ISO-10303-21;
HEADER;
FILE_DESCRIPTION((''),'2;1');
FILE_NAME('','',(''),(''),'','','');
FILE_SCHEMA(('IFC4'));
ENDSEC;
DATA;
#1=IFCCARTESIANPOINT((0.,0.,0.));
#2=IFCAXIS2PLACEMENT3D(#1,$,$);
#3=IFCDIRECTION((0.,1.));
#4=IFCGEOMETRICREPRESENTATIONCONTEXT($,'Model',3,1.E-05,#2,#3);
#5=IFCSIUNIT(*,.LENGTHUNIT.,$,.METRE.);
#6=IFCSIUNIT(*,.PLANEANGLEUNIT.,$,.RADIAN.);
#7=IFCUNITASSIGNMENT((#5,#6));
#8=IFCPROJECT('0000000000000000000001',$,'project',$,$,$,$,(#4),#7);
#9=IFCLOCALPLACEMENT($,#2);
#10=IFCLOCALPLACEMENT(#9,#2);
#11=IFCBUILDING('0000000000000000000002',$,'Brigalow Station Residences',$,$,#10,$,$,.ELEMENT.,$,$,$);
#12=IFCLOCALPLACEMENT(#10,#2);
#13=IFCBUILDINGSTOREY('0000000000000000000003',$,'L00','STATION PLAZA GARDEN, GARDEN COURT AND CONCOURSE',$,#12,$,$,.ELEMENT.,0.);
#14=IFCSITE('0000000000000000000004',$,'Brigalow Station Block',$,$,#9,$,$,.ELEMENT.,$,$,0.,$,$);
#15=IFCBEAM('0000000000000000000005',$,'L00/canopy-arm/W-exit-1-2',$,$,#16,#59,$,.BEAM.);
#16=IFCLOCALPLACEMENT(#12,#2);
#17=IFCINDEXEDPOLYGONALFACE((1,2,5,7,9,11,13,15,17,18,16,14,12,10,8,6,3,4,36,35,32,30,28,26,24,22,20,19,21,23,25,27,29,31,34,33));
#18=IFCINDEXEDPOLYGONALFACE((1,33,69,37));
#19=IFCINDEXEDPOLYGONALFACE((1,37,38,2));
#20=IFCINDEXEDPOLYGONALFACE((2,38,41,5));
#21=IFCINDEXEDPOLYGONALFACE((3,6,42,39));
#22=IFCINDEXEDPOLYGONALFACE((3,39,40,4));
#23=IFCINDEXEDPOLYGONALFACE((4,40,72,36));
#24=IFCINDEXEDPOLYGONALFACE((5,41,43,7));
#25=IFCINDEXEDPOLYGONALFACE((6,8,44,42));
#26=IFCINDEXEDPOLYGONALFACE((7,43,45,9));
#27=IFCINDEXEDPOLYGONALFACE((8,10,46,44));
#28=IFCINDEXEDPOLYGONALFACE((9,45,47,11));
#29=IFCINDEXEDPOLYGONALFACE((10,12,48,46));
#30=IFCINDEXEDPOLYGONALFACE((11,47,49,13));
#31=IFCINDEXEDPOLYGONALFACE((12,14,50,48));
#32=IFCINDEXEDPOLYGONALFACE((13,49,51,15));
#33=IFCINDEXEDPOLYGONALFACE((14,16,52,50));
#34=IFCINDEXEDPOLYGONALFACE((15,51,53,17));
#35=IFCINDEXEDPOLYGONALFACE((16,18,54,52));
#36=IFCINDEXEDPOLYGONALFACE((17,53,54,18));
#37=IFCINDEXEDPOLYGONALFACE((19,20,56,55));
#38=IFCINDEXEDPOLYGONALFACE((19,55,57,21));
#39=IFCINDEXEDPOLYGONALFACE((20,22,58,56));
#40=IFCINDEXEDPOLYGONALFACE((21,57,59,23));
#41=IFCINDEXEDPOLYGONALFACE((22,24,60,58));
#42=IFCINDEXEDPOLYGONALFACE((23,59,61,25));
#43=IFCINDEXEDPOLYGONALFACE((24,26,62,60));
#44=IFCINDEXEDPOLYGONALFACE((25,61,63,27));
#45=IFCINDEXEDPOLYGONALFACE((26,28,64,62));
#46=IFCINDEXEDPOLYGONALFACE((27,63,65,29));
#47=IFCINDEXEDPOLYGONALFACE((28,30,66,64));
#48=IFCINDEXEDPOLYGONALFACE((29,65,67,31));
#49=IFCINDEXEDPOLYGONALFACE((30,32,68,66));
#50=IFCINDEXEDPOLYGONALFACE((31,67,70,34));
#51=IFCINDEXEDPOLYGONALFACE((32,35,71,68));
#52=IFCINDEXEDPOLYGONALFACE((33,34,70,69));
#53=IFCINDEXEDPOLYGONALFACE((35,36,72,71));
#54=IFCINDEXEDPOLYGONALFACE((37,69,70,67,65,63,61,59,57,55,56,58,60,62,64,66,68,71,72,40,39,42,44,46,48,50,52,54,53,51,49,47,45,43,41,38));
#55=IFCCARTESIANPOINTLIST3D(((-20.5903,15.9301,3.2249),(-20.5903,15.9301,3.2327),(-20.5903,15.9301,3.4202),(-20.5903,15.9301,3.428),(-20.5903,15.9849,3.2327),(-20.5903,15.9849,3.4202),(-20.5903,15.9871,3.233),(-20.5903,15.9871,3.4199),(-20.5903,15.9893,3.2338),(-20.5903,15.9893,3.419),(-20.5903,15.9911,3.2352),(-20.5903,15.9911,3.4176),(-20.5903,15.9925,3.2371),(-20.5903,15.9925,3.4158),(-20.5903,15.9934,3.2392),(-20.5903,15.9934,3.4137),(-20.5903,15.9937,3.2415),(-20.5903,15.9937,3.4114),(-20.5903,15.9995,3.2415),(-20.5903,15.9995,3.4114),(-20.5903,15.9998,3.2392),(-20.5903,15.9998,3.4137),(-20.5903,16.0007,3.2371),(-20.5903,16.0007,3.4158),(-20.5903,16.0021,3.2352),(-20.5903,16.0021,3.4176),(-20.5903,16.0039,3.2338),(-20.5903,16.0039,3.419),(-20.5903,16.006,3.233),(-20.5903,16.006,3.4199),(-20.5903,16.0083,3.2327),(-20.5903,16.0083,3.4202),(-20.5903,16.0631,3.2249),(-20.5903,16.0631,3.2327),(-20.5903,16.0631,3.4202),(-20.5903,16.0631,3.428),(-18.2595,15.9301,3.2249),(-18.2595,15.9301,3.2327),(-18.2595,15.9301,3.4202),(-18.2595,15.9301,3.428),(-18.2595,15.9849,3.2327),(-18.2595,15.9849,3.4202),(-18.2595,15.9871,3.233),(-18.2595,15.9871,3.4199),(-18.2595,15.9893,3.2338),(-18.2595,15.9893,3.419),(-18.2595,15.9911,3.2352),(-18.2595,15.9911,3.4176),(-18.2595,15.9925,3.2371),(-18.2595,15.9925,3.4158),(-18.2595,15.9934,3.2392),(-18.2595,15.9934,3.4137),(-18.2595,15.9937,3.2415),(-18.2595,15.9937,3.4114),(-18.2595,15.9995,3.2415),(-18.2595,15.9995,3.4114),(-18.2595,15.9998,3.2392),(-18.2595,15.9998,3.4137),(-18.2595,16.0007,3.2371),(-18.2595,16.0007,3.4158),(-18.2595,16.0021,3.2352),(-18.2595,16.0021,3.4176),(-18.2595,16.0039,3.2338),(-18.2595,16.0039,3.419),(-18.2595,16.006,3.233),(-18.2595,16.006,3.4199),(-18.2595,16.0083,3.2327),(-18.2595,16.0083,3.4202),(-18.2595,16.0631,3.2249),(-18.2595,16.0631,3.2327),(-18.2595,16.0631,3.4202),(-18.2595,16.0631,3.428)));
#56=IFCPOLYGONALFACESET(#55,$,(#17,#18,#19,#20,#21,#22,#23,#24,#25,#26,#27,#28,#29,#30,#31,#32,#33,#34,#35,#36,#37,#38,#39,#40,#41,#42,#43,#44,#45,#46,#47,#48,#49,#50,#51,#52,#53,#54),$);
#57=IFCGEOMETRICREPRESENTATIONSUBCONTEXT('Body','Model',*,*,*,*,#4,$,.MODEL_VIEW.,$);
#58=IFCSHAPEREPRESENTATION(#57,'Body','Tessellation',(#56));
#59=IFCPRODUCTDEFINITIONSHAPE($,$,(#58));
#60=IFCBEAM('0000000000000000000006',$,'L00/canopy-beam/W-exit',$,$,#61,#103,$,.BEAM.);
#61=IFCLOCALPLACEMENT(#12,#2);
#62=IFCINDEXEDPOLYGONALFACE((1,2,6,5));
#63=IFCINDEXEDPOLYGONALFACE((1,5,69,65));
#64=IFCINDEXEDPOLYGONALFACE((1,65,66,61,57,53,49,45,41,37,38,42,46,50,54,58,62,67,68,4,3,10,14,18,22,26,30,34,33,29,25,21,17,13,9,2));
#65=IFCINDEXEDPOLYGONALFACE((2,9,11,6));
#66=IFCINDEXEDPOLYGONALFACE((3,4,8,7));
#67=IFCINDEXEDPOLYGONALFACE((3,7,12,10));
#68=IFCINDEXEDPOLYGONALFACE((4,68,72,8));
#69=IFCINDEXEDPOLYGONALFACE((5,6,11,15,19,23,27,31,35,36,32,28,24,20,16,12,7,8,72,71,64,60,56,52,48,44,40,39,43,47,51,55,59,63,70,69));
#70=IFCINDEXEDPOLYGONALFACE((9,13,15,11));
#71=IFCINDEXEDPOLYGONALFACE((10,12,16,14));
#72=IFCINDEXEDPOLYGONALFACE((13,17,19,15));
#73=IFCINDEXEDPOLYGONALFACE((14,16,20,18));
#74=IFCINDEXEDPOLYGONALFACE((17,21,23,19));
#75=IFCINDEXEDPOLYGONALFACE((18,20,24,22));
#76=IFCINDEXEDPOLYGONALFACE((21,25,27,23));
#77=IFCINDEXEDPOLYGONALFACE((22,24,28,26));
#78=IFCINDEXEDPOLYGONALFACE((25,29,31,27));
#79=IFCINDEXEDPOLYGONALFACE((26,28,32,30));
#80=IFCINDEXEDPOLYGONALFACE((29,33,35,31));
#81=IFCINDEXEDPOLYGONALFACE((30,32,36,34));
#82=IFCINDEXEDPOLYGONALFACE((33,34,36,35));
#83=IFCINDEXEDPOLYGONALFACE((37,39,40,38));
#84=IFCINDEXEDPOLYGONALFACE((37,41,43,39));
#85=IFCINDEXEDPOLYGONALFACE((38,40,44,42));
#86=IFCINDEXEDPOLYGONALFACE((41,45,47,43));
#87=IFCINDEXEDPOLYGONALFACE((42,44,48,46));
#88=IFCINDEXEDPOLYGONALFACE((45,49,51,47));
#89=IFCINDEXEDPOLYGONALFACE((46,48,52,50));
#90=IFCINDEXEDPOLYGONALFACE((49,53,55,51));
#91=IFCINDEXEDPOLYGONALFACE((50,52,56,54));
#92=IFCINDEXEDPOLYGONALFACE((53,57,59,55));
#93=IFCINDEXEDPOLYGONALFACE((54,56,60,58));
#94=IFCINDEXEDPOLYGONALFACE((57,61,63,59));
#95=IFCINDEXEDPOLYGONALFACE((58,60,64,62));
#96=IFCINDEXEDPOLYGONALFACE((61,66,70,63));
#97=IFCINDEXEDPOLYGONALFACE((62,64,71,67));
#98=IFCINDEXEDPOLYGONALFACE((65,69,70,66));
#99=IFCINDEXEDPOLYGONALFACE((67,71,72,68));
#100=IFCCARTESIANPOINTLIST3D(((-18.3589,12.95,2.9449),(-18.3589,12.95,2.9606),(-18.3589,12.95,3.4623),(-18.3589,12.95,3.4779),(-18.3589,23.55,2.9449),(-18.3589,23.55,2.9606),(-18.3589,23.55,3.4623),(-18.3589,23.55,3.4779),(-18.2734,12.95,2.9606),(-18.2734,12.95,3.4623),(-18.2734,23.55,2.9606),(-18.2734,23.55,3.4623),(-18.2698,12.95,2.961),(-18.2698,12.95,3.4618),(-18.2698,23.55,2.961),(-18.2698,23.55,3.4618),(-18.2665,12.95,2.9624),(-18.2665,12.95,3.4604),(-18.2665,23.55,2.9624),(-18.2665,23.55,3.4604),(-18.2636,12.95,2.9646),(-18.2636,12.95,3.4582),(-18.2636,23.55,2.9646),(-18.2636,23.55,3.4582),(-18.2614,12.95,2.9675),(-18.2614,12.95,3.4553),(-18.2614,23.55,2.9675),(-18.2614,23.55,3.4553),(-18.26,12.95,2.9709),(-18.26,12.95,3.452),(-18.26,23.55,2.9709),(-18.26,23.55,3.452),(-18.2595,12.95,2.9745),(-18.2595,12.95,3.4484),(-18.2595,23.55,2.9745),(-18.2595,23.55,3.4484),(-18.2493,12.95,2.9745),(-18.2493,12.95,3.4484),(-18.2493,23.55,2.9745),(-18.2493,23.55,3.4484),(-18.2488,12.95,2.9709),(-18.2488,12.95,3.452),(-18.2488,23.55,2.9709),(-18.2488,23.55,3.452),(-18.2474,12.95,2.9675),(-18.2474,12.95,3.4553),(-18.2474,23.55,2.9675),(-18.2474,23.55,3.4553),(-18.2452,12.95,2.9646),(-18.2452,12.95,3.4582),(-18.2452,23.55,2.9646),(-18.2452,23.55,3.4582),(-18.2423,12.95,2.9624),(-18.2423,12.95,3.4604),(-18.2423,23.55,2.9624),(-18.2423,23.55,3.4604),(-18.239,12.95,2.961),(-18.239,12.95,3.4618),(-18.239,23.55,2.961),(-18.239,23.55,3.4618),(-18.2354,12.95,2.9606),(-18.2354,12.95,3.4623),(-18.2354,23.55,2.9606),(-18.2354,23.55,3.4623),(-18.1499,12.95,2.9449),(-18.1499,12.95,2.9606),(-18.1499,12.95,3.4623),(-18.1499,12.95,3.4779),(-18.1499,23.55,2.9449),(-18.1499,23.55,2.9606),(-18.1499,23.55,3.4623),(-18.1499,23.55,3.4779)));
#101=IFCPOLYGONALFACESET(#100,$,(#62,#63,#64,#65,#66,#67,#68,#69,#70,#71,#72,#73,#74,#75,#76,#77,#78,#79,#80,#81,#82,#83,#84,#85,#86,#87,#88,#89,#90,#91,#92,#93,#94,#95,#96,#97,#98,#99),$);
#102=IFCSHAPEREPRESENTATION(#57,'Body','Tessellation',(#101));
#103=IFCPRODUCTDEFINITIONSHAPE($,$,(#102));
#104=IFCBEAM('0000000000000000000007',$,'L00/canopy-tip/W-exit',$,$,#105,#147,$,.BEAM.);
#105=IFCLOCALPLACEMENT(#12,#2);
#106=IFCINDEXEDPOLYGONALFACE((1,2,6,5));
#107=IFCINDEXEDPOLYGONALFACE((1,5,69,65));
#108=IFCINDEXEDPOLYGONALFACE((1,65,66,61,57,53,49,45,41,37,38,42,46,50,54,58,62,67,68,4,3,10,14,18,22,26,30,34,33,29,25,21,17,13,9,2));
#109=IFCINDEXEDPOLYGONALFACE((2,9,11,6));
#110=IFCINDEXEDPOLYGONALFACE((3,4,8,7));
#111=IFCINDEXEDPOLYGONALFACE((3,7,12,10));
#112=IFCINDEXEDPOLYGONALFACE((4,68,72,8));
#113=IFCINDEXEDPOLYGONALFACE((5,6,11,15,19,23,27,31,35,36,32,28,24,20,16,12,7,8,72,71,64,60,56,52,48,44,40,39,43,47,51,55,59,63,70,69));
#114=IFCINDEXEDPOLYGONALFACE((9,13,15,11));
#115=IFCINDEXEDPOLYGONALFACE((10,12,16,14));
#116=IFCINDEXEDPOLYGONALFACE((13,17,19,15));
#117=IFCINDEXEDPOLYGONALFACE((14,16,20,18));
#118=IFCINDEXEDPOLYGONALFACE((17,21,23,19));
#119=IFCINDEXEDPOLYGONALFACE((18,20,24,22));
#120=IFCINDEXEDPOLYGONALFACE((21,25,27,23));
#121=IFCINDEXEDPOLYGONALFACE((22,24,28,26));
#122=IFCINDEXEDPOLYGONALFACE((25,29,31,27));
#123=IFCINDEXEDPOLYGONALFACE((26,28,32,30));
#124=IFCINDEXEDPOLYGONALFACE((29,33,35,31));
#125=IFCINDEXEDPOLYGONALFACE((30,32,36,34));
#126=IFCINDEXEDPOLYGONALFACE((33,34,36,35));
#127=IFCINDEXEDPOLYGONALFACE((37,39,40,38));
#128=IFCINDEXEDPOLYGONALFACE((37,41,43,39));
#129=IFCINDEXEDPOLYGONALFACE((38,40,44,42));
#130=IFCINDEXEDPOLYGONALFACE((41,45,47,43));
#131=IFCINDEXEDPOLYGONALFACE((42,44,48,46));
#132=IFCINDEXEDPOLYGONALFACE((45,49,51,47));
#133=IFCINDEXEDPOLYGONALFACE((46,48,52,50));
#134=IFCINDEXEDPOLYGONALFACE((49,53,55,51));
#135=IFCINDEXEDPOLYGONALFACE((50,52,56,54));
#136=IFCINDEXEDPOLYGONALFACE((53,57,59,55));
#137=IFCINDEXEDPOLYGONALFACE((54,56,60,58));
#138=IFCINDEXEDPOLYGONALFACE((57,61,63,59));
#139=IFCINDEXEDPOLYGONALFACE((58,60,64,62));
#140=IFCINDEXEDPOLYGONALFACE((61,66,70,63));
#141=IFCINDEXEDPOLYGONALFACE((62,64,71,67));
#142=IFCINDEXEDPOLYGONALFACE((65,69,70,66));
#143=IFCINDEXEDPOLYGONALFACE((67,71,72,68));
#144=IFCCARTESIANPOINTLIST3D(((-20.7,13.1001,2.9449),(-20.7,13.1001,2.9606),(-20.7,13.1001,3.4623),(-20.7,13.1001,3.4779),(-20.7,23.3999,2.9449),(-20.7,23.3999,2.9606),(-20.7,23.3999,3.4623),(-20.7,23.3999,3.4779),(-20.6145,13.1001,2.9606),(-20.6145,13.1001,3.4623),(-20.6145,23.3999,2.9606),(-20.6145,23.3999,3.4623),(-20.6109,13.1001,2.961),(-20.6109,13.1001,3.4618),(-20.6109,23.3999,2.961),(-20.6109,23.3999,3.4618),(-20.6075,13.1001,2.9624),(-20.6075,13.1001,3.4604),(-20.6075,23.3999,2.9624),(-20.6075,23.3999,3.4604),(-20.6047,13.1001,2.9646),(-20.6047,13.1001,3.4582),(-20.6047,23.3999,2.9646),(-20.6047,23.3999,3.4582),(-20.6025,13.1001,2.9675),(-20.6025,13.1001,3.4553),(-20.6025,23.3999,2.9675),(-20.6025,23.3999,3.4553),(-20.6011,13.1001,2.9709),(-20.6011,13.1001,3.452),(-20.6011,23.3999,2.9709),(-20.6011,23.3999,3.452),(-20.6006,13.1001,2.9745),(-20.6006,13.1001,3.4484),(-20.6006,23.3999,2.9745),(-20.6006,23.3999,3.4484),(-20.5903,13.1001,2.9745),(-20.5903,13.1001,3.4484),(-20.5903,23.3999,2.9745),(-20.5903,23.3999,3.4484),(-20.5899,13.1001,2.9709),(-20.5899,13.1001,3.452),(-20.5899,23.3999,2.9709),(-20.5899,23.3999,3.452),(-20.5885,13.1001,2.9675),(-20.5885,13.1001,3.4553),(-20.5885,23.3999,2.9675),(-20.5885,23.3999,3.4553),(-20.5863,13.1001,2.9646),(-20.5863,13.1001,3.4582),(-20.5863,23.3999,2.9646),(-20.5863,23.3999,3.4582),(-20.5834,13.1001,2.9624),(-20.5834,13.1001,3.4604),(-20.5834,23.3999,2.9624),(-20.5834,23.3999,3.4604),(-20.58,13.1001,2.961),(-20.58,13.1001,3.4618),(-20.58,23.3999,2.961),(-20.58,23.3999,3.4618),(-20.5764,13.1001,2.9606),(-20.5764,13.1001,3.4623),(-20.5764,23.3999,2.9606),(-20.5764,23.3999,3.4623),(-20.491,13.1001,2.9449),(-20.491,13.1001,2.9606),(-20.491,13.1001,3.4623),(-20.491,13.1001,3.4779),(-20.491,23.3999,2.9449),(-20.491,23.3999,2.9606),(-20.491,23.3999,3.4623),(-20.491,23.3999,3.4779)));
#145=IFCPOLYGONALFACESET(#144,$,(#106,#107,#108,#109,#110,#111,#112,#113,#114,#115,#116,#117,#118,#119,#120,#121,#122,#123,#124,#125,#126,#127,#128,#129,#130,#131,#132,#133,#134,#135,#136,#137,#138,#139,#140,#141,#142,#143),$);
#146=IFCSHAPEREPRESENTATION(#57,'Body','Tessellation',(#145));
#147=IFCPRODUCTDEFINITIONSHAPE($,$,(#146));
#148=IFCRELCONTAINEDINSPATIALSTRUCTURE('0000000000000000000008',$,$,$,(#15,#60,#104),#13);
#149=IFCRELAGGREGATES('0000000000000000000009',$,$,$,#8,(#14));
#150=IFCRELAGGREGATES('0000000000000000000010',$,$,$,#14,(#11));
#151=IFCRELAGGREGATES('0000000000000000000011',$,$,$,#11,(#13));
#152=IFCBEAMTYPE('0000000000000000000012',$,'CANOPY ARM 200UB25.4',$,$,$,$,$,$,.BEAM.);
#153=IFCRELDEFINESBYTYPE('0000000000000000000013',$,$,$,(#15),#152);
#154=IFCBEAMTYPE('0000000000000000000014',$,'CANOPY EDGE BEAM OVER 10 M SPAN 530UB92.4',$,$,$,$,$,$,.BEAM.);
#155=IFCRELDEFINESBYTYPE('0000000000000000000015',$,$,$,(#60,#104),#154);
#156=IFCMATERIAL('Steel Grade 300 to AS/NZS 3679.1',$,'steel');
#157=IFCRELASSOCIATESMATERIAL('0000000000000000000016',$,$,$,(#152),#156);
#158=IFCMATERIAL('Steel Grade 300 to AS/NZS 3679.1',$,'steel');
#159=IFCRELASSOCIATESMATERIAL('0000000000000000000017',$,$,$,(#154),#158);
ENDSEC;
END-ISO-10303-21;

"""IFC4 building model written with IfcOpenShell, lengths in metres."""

from ifc_helpers import new_model, si_unit, direction, frame, origin, origin_2d, place, context, subcontext, project, spatial, i_section, extrude, material, material_profile, profile_set, type_object, element, save


model = new_model("IFC4")

# Units and contexts
model_context = context("Model", 3, precision=1e-05, world=origin(), true_north=direction((0.0, 1.0)))
body_context = subcontext(model_context, "Body", "Model", "MODEL_VIEW")
ifc_project = project(units=[si_unit("LENGTHUNIT", "METRE"), si_unit("PLANEANGLEUNIT", "RADIAN")], contexts=[model_context])

# Site, building, storey
site_placement = place(None, origin())
site = spatial("IfcSite", under=ifc_project, at=site_placement, Name="Brigalow Station Block", CompositionType="ELEMENT", RefElevation=0.0)
building_placement = place(site_placement, origin())
building = spatial("IfcBuilding", under=site, at=building_placement, Name="Brigalow Station Residences", CompositionType="ELEMENT")
storey_placement = place(building_placement, origin())
storey = spatial("IfcBuildingStorey", under=building, at=storey_placement, Name="L00", Description="STATION PLAZA GARDEN, GARDEN COURT AND CONCOURSE", CompositionType="ELEMENT", Elevation=0.0)

# Beams
ifc_material_1 = material(Name="Steel Grade 300 to AS/NZS 3679.1", Category="steel")
ifc_material_profile_1 = material_profile(ifc_material_1, i_section(OverallWidth=0.1331, OverallDepth=0.2031, WebThickness=0.0059, FlangeThickness=0.0078, FilletRadius=0.0088, at=origin_2d()), Name="200UB25.4")
ifc_profile_set_1 = profile_set([ifc_material_profile_1], Name="Steel Grade 300 to AS/NZS 3679.1")
beam_type_1 = type_object("IfcBeamType", Name="CANOPY ARM 200UB25.4", PredefinedType="BEAM", material=ifc_profile_set_1)
for number, where, z_axis, x_axis, name in (
    (1, (-18.2595, 15.9966, 3.3264), (-1.0, 0.0, 0.0), (0.0, -1.0, 0.0), "L00/canopy-arm/W-exit-1-2"),
):
    element("IfcBeam", number, at=place(storey_placement, frame(where, z_axis=z_axis, x_axis=x_axis)), inside=storey, type_object=beam_type_1, Name=name, PredefinedType="BEAM", context=body_context, shape_type="SweptSolid", body=[
        extrude(i_section(OverallWidth=0.1331, OverallDepth=0.2031, WebThickness=0.0059, FlangeThickness=0.0078, FilletRadius=0.0088, at=origin_2d()), origin(), (0.0, 0.0, 1.0), 2.3308),
    ])
ifc_material_2 = material(Name="Steel Grade 300 to AS/NZS 3679.1", Category="steel")
ifc_material_profile_2 = material_profile(ifc_material_2, i_section(OverallWidth=0.209, OverallDepth=0.533, WebThickness=0.0103, FlangeThickness=0.0156, FilletRadius=0.0139, at=origin_2d()), Name="530UB92.4")
ifc_profile_set_2 = profile_set([ifc_material_profile_2], Name="Steel Grade 300 to AS/NZS 3679.1")
beam_type_2 = type_object("IfcBeamType", Name="CANOPY EDGE BEAM OVER 10 M SPAN 530UB92.4", PredefinedType="BEAM", material=ifc_profile_set_2)
beam_1_placement = place(storey_placement, frame((-18.2544, 12.95, 3.2114), z_axis=(0.0, 1.0, 0.0), x_axis=(-1.0, 0.0, 0.0)))
element("IfcBeam", 2, at=beam_1_placement, inside=storey, type_object=beam_type_2, Name="L00/canopy-beam/W-exit", PredefinedType="BEAM", context=body_context, shape_type="SweptSolid", body=[
    extrude(i_section(OverallWidth=0.209, OverallDepth=0.533, WebThickness=0.0103, FlangeThickness=0.0156, FilletRadius=0.0139, at=origin_2d()), origin(), (0.0, 0.0, 1.0), 10.6001),
])
beam_2_placement = place(storey_placement, frame((-20.5955, 13.1001, 3.2114), z_axis=(0.0, 1.0, 0.0), x_axis=(-1.0, 0.0, 0.0)))
element("IfcBeam", 3, at=beam_2_placement, inside=storey, type_object=beam_type_2, Name="L00/canopy-tip/W-exit", PredefinedType="BEAM", context=body_context, shape_type="SweptSolid", body=[
    extrude(i_section(OverallWidth=0.209, OverallDepth=0.533, WebThickness=0.0103, FlangeThickness=0.0156, FilletRadius=0.0139, at=origin_2d()), origin(), (0.0, 0.0, 1.0), 10.2998),
])

save(model, "model.ifc")
